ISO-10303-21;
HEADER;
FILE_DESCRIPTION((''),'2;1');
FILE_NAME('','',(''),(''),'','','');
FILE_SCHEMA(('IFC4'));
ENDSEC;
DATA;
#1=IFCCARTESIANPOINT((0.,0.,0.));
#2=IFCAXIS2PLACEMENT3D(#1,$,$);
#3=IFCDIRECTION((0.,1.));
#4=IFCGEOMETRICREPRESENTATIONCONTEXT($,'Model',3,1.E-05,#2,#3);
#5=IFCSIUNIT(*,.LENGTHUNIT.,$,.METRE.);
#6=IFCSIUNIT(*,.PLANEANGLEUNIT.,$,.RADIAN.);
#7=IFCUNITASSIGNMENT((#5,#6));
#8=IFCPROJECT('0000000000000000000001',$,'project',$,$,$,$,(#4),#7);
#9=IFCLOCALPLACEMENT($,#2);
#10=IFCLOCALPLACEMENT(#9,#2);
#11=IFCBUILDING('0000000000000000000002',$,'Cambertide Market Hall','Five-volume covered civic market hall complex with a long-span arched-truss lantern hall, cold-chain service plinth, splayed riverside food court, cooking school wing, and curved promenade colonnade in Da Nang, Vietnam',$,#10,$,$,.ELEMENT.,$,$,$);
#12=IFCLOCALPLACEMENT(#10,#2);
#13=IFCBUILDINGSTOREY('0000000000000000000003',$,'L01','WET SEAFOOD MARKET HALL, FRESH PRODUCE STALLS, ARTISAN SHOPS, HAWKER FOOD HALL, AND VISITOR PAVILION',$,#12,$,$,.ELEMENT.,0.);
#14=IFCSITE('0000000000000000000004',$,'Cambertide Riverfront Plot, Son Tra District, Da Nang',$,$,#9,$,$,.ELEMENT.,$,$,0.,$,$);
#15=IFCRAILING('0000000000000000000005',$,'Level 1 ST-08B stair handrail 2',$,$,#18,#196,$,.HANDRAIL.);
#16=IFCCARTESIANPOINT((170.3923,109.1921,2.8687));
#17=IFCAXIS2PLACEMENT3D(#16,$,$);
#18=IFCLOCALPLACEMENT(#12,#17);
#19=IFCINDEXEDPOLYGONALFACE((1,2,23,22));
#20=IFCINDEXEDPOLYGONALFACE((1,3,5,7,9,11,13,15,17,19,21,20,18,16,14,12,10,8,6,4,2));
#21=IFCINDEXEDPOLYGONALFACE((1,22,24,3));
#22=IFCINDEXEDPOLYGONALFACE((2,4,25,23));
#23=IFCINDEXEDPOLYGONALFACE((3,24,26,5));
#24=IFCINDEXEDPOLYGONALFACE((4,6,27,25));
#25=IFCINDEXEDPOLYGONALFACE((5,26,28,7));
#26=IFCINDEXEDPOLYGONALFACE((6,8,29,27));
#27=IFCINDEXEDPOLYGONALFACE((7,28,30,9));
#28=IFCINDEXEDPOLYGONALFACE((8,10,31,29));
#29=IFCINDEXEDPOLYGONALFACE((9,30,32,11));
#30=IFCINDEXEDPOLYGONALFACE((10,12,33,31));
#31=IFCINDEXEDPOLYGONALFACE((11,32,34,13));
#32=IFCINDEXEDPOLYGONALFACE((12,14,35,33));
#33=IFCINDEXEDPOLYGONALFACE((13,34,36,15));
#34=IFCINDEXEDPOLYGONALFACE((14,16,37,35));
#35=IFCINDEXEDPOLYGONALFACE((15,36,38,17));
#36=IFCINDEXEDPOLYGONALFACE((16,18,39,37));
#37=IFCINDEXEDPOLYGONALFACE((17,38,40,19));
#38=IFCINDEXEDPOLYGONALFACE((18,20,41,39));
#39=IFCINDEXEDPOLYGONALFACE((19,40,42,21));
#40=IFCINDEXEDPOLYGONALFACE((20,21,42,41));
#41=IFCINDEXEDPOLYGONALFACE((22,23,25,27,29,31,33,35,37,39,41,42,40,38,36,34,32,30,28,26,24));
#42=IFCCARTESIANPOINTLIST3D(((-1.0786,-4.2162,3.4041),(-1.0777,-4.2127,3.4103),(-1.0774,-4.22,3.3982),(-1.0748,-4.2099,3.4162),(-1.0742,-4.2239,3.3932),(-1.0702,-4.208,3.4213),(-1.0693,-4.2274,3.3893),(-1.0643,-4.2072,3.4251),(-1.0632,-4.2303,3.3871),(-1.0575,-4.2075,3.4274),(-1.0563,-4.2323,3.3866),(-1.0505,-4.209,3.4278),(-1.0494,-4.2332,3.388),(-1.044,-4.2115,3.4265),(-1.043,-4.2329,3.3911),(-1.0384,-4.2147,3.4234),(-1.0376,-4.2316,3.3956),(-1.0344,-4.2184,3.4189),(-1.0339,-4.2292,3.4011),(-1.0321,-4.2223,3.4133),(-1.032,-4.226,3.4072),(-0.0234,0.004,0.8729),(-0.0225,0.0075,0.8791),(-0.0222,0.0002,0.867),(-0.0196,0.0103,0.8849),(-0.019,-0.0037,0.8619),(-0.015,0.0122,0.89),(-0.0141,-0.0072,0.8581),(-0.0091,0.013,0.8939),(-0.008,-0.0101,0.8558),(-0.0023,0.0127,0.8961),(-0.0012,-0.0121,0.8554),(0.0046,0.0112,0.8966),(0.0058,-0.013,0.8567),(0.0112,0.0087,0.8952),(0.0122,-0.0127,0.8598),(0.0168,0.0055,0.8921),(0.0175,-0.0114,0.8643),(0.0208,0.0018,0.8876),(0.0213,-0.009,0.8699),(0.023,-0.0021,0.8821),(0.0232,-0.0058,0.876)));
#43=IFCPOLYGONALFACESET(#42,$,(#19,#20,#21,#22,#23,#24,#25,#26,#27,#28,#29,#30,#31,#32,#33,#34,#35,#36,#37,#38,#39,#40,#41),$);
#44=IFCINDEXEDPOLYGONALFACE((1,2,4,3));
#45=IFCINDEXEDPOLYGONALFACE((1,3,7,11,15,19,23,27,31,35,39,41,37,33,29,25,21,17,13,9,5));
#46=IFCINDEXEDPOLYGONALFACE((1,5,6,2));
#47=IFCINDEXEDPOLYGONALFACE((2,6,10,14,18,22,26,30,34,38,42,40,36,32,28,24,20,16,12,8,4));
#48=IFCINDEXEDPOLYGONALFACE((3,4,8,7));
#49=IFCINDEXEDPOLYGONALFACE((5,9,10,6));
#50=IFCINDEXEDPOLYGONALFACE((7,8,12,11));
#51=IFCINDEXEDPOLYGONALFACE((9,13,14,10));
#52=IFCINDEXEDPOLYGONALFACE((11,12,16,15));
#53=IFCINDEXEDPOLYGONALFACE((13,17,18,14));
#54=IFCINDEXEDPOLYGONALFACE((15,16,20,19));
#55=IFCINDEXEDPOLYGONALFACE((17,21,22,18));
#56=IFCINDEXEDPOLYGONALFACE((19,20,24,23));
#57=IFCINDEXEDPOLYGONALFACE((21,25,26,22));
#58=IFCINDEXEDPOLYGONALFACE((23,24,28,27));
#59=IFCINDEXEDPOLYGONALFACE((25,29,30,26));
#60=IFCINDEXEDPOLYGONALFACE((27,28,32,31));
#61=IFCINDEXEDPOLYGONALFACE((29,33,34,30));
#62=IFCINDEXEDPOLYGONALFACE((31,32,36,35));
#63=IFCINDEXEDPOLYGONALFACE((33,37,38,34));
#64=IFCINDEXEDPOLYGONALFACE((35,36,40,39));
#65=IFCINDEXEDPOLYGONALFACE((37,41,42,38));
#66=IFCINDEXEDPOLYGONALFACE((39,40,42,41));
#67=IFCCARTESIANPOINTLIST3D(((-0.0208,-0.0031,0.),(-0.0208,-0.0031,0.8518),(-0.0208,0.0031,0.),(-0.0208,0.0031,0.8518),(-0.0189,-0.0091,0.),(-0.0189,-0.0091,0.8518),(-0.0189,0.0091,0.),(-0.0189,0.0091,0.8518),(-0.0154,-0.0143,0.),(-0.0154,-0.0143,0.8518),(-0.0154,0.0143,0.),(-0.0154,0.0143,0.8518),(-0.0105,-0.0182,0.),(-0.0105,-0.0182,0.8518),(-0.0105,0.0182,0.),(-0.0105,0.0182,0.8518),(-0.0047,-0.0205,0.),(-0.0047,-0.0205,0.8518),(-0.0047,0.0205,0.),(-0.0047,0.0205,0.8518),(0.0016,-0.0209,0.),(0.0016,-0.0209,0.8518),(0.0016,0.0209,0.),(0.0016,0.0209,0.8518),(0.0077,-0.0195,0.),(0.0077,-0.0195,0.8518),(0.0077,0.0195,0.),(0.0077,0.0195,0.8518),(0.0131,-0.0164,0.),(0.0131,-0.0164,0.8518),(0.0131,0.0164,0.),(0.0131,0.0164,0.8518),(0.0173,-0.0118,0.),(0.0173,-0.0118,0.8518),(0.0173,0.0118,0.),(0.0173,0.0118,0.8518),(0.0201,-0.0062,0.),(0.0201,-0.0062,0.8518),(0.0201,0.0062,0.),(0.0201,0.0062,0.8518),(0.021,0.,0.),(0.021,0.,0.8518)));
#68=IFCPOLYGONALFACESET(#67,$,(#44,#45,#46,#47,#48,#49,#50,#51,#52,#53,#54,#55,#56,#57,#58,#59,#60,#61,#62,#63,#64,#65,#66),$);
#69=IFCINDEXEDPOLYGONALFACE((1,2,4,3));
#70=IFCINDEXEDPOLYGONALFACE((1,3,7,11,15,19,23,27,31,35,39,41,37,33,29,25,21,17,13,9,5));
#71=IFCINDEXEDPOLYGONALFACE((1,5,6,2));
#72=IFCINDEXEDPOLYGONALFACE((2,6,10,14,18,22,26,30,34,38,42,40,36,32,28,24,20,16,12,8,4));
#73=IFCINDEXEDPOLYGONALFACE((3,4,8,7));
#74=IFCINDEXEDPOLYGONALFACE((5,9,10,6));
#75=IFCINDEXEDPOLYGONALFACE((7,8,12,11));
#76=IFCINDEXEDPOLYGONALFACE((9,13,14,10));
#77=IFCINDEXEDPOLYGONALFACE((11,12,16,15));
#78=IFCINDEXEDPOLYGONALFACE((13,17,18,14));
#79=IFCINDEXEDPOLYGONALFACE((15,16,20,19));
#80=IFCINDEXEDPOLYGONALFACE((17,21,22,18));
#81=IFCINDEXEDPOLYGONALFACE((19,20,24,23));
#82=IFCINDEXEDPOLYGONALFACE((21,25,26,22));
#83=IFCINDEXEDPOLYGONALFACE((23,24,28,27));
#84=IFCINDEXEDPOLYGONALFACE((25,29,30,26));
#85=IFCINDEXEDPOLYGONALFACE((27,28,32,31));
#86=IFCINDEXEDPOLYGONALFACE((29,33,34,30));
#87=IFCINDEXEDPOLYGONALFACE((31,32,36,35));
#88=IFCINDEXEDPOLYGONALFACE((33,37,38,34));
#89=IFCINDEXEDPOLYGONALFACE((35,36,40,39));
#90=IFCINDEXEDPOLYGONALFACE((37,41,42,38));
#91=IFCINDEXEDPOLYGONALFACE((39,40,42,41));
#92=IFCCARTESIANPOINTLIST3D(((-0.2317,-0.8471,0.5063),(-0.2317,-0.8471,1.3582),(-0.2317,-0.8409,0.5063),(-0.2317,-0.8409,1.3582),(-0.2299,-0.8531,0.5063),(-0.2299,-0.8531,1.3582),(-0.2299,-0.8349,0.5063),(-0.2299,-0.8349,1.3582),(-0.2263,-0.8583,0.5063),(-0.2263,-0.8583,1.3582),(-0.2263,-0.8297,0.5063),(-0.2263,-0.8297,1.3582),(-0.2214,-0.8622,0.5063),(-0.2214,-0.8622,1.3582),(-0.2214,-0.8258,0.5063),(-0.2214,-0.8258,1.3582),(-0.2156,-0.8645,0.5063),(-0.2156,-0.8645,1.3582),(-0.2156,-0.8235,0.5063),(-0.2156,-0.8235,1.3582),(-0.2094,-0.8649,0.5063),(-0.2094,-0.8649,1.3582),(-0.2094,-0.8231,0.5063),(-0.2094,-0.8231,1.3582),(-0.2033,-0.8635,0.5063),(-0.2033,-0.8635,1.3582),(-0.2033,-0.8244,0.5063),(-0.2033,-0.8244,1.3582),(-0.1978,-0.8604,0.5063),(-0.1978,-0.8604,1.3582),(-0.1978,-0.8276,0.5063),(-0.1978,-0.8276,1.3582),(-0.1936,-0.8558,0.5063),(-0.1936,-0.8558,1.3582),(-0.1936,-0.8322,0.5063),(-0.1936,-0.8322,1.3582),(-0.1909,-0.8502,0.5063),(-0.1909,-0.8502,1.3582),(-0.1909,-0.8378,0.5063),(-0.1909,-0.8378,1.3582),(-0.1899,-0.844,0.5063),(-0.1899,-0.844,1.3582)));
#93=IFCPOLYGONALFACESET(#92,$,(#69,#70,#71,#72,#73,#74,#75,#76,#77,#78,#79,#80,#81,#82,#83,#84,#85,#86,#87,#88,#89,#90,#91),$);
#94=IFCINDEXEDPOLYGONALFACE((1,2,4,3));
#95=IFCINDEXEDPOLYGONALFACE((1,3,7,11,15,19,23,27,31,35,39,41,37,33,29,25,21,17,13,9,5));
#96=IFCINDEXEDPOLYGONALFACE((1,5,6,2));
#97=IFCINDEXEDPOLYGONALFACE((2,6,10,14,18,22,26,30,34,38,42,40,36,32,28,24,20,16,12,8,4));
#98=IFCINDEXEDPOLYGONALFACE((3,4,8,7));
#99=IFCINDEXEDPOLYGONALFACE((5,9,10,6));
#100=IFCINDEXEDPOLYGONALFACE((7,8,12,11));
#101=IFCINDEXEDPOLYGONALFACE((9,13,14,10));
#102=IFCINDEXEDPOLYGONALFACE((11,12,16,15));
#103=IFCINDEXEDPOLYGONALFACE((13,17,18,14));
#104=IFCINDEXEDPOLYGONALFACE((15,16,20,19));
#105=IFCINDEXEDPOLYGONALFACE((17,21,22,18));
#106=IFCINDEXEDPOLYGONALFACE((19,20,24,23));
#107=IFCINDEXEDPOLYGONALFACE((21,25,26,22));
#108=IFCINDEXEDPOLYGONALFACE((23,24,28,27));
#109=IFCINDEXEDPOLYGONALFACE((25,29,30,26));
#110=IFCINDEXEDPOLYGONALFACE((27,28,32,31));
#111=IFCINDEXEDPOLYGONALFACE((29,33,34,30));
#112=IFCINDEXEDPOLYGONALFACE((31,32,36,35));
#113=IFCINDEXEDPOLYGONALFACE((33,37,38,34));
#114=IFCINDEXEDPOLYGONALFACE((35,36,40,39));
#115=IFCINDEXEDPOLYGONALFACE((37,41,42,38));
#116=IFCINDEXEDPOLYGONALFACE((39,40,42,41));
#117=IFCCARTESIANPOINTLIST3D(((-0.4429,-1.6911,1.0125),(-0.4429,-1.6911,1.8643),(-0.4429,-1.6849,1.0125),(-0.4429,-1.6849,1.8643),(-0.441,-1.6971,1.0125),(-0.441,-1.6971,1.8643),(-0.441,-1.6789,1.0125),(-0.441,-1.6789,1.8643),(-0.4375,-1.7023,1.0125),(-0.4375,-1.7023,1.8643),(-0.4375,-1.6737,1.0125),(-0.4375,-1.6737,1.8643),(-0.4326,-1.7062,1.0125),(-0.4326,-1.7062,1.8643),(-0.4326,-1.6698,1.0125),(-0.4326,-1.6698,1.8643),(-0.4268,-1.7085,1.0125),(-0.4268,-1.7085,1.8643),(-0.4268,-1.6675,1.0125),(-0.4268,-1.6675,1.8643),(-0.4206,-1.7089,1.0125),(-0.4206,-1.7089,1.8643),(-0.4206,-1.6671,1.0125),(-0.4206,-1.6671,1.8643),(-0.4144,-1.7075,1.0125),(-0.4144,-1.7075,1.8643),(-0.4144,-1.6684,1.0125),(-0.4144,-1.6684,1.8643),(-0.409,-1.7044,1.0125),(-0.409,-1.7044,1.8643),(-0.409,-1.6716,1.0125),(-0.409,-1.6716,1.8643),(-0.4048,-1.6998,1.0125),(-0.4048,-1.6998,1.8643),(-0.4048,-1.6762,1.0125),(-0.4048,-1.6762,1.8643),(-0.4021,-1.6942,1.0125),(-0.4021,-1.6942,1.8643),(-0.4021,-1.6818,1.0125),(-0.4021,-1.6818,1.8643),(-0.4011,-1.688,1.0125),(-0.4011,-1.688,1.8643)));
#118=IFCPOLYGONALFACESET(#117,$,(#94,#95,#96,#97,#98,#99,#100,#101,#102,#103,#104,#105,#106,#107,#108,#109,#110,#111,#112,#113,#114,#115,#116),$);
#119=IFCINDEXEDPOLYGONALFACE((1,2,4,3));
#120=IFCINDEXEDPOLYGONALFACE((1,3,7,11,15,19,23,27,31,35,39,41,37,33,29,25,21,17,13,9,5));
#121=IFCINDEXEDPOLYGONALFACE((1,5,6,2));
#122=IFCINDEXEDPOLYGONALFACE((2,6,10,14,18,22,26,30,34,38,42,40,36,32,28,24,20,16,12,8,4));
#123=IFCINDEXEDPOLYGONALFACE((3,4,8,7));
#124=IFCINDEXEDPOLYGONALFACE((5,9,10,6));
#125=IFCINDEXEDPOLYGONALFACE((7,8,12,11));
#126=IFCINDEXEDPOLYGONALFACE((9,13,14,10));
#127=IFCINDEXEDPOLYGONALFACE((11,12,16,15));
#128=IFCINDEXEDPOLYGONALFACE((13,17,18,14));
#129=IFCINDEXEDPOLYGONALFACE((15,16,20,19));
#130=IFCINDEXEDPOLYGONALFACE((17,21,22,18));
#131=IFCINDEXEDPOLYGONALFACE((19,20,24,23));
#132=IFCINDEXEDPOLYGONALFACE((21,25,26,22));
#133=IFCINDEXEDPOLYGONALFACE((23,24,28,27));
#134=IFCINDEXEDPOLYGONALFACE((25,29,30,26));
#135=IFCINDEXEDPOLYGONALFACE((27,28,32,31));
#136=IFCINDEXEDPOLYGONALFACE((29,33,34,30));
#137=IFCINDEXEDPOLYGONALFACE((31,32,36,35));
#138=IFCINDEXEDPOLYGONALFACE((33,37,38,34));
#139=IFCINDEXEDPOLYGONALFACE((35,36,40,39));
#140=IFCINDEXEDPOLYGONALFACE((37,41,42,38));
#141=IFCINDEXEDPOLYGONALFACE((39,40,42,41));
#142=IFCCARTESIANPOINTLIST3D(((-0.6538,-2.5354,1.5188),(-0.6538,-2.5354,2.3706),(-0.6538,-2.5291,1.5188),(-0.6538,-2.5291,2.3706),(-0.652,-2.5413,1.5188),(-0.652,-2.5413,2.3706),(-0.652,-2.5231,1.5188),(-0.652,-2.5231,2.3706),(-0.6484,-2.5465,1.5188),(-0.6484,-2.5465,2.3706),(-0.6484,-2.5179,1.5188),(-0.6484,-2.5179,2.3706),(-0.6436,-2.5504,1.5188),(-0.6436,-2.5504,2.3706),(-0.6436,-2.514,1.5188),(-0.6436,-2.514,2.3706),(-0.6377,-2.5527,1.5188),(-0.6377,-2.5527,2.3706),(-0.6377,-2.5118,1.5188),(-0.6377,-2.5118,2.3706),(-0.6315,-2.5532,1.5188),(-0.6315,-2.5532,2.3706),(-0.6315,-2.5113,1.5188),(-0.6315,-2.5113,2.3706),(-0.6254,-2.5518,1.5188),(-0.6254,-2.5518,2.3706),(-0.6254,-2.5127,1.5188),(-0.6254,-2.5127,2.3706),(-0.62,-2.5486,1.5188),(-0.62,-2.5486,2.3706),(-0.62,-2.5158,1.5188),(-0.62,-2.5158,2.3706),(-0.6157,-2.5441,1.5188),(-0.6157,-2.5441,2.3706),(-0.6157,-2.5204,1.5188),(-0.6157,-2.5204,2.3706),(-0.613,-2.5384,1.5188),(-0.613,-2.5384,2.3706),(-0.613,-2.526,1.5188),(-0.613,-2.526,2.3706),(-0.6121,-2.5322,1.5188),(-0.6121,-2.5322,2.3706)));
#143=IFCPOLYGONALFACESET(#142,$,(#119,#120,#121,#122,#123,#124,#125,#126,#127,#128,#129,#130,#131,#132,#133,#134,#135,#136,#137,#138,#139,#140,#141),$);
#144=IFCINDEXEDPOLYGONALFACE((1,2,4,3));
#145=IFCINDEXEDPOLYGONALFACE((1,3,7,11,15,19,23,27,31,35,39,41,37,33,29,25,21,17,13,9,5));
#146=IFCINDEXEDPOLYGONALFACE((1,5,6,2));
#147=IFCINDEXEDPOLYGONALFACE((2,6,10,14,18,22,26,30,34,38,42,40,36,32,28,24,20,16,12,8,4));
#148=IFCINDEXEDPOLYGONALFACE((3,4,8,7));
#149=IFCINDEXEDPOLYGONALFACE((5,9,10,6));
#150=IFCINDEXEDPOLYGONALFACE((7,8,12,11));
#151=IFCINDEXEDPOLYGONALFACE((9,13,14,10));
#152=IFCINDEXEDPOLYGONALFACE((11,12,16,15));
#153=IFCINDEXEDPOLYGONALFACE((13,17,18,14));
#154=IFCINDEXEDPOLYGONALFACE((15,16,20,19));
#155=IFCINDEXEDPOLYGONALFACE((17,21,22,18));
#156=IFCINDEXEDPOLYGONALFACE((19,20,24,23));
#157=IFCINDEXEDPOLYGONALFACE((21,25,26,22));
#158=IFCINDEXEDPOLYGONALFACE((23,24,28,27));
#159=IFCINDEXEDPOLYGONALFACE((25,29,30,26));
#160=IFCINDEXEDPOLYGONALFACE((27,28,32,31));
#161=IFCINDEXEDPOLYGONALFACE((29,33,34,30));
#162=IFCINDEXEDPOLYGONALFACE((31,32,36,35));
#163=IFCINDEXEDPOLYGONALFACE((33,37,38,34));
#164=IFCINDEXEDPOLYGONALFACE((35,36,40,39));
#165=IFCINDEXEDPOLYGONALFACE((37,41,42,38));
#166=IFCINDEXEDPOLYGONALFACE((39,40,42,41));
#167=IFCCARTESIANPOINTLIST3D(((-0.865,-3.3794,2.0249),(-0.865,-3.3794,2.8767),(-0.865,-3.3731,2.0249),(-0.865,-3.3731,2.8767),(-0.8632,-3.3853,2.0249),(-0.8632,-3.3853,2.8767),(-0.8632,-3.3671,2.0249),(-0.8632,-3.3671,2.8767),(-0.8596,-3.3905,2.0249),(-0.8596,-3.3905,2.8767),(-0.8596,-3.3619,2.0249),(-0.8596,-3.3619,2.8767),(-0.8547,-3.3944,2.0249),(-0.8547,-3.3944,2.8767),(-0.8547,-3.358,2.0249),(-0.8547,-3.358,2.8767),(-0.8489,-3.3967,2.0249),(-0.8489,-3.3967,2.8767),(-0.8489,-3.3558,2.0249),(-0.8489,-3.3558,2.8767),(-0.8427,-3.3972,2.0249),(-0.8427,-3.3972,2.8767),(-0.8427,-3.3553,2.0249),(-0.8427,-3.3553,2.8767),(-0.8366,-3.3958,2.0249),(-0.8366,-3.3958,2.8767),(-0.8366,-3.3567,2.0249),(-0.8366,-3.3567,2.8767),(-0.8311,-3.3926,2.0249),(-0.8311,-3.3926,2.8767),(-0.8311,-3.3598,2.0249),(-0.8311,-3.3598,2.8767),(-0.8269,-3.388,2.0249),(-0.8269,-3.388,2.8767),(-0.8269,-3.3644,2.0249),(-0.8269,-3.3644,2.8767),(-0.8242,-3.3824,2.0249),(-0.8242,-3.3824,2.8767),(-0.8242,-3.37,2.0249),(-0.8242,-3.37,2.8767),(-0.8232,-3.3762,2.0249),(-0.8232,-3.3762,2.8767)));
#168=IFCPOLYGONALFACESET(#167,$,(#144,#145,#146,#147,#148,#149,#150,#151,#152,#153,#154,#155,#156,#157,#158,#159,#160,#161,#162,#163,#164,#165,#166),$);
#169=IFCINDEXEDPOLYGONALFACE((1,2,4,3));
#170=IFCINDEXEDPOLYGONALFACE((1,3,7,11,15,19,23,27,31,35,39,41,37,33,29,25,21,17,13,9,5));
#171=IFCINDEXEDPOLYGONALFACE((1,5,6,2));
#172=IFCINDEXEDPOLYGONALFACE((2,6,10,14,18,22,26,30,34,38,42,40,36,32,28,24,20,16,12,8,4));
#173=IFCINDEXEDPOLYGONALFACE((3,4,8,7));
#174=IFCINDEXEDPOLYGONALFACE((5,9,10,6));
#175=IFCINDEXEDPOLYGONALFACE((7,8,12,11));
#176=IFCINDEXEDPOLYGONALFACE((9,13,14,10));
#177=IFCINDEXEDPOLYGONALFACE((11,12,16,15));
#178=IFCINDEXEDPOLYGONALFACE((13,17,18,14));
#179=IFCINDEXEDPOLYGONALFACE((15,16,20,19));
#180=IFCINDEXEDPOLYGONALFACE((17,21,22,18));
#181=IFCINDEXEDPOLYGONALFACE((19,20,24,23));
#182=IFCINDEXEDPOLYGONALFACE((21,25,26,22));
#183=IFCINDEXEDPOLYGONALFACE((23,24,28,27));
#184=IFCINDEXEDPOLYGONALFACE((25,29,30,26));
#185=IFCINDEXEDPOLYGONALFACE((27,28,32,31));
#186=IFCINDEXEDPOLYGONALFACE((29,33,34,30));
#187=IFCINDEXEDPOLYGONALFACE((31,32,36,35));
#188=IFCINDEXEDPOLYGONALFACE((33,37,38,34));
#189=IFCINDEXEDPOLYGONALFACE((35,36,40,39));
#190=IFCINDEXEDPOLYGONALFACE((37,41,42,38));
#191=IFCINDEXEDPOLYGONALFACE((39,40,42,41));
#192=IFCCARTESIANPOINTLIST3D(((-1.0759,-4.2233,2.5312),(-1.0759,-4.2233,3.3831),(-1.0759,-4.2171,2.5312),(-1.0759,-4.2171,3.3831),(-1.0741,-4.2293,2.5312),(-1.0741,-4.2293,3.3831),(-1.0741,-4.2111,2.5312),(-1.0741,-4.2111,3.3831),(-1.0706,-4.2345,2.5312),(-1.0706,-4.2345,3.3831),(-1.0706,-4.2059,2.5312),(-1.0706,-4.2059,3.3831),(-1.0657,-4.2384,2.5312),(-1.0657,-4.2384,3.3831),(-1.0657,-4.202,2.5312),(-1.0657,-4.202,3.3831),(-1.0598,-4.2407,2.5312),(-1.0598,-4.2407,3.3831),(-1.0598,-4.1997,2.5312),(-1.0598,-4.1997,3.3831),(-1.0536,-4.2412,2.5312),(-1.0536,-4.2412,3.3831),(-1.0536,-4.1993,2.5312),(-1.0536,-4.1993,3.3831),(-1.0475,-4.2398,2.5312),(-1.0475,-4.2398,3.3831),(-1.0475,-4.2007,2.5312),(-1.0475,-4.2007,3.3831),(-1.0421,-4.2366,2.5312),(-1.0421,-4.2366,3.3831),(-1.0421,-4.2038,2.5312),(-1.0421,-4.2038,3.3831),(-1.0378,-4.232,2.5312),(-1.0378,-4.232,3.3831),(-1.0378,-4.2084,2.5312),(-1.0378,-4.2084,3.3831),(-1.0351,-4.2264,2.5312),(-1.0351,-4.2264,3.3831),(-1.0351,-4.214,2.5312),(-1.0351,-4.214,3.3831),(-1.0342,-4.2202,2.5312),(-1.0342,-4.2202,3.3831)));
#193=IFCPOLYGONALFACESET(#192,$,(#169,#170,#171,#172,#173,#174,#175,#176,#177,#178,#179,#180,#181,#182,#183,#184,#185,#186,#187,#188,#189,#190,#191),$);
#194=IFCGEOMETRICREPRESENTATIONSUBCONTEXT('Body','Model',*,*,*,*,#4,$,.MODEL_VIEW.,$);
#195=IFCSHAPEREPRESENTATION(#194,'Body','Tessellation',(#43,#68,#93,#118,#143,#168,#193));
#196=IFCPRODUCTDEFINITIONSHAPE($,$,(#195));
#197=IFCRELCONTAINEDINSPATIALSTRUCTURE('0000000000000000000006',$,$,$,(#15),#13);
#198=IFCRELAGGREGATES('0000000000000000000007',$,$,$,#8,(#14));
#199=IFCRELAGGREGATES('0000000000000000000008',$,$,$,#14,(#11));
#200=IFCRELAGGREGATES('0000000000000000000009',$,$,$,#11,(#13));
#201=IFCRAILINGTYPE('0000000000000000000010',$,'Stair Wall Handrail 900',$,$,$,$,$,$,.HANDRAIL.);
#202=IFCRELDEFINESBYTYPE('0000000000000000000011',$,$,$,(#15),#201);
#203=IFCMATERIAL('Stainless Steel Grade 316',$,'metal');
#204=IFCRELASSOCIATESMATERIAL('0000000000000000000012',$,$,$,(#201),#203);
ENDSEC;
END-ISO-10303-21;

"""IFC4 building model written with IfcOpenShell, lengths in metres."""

from ifc_helpers import new_model, si_unit, direction, frame, origin, origin_2d, place, context, subcontext, project, spatial, circle, extrude, material, type_object, element, save


model = new_model("IFC4")

# Units and contexts
model_context = context("Model", 3, precision=1e-05, world=origin(), true_north=direction((0.0, 1.0)))
body_context = subcontext(model_context, "Body", "Model", "MODEL_VIEW")
ifc_project = project(units=[si_unit("LENGTHUNIT", "METRE"), si_unit("PLANEANGLEUNIT", "RADIAN")], contexts=[model_context])

# Site, building, storey
site_placement = place(None, origin())
site = spatial("IfcSite", under=ifc_project, at=site_placement, Name="Cambertide Riverfront Plot, Son Tra District, Da Nang", CompositionType="ELEMENT", RefElevation=0.0)
building_placement = place(site_placement, origin())
building = spatial("IfcBuilding", under=site, at=building_placement, Name="Cambertide Market Hall", Description="Five-volume covered civic market hall complex with a long-span arched-truss lantern hall, cold-chain service plinth, splayed riverside food court, cooking school wing, and curved promenade colonnade in Da Nang, Vietnam", CompositionType="ELEMENT")
storey_placement = place(building_placement, origin())
storey = spatial("IfcBuildingStorey", under=building, at=storey_placement, Name="L01", Description="WET SEAFOOD MARKET HALL, FRESH PRODUCE STALLS, ARTISAN SHOPS, HAWKER FOOD HALL, AND VISITOR PAVILION", CompositionType="ELEMENT", Elevation=0.0)

# Railing
ifc_material_1 = material(Name="Stainless Steel Grade 316", Category="metal")
railing_type_1 = type_object("IfcRailingType", Name="Stair Wall Handrail 900", PredefinedType="HANDRAIL", material=ifc_material_1)
railing_1_placement = place(storey_placement, frame((170.3923, 109.1921, 2.8687)))
element("IfcRailing", 1, at=railing_1_placement, inside=storey, type_object=railing_type_1, Name="Level 1 ST-08B stair handrail 2", PredefinedType="HANDRAIL", context=body_context, shape_type="SweptSolid", body=[
    extrude(circle(Radius=0.0239, at=origin_2d()), frame((0.0, 0.0, 0.876), z_axis=(-0.209653, -0.838513, 0.502933), x_axis=(0.970136, -0.242562, 0.0)), (0.0, 0.0, 1.0), 5.033),
    extrude(circle(Radius=0.021, at=origin_2d()), origin(), (0.0, 0.0, 1.0), 0.8518),
    extrude(circle(Radius=0.021, at=origin_2d()), frame((-0.2109, -0.844, 0.5063)), (0.0, 0.0, 1.0), 0.8518),
    extrude(circle(Radius=0.021, at=origin_2d()), frame((-0.4221, -1.688, 1.0125)), (0.0, 0.0, 1.0), 0.8518),
    extrude(circle(Radius=0.021, at=origin_2d()), frame((-0.6331, -2.5322, 1.5188)), (0.0, 0.0, 1.0), 0.8518),
    extrude(circle(Radius=0.021, at=origin_2d()), frame((-0.8442, -3.3762, 2.0249)), (0.0, 0.0, 1.0), 0.8518),
    extrude(circle(Radius=0.021, at=origin_2d()), frame((-1.0552, -4.2202, 2.5312)), (0.0, 0.0, 1.0), 0.8518),
])

save(model, "model.ifc")
